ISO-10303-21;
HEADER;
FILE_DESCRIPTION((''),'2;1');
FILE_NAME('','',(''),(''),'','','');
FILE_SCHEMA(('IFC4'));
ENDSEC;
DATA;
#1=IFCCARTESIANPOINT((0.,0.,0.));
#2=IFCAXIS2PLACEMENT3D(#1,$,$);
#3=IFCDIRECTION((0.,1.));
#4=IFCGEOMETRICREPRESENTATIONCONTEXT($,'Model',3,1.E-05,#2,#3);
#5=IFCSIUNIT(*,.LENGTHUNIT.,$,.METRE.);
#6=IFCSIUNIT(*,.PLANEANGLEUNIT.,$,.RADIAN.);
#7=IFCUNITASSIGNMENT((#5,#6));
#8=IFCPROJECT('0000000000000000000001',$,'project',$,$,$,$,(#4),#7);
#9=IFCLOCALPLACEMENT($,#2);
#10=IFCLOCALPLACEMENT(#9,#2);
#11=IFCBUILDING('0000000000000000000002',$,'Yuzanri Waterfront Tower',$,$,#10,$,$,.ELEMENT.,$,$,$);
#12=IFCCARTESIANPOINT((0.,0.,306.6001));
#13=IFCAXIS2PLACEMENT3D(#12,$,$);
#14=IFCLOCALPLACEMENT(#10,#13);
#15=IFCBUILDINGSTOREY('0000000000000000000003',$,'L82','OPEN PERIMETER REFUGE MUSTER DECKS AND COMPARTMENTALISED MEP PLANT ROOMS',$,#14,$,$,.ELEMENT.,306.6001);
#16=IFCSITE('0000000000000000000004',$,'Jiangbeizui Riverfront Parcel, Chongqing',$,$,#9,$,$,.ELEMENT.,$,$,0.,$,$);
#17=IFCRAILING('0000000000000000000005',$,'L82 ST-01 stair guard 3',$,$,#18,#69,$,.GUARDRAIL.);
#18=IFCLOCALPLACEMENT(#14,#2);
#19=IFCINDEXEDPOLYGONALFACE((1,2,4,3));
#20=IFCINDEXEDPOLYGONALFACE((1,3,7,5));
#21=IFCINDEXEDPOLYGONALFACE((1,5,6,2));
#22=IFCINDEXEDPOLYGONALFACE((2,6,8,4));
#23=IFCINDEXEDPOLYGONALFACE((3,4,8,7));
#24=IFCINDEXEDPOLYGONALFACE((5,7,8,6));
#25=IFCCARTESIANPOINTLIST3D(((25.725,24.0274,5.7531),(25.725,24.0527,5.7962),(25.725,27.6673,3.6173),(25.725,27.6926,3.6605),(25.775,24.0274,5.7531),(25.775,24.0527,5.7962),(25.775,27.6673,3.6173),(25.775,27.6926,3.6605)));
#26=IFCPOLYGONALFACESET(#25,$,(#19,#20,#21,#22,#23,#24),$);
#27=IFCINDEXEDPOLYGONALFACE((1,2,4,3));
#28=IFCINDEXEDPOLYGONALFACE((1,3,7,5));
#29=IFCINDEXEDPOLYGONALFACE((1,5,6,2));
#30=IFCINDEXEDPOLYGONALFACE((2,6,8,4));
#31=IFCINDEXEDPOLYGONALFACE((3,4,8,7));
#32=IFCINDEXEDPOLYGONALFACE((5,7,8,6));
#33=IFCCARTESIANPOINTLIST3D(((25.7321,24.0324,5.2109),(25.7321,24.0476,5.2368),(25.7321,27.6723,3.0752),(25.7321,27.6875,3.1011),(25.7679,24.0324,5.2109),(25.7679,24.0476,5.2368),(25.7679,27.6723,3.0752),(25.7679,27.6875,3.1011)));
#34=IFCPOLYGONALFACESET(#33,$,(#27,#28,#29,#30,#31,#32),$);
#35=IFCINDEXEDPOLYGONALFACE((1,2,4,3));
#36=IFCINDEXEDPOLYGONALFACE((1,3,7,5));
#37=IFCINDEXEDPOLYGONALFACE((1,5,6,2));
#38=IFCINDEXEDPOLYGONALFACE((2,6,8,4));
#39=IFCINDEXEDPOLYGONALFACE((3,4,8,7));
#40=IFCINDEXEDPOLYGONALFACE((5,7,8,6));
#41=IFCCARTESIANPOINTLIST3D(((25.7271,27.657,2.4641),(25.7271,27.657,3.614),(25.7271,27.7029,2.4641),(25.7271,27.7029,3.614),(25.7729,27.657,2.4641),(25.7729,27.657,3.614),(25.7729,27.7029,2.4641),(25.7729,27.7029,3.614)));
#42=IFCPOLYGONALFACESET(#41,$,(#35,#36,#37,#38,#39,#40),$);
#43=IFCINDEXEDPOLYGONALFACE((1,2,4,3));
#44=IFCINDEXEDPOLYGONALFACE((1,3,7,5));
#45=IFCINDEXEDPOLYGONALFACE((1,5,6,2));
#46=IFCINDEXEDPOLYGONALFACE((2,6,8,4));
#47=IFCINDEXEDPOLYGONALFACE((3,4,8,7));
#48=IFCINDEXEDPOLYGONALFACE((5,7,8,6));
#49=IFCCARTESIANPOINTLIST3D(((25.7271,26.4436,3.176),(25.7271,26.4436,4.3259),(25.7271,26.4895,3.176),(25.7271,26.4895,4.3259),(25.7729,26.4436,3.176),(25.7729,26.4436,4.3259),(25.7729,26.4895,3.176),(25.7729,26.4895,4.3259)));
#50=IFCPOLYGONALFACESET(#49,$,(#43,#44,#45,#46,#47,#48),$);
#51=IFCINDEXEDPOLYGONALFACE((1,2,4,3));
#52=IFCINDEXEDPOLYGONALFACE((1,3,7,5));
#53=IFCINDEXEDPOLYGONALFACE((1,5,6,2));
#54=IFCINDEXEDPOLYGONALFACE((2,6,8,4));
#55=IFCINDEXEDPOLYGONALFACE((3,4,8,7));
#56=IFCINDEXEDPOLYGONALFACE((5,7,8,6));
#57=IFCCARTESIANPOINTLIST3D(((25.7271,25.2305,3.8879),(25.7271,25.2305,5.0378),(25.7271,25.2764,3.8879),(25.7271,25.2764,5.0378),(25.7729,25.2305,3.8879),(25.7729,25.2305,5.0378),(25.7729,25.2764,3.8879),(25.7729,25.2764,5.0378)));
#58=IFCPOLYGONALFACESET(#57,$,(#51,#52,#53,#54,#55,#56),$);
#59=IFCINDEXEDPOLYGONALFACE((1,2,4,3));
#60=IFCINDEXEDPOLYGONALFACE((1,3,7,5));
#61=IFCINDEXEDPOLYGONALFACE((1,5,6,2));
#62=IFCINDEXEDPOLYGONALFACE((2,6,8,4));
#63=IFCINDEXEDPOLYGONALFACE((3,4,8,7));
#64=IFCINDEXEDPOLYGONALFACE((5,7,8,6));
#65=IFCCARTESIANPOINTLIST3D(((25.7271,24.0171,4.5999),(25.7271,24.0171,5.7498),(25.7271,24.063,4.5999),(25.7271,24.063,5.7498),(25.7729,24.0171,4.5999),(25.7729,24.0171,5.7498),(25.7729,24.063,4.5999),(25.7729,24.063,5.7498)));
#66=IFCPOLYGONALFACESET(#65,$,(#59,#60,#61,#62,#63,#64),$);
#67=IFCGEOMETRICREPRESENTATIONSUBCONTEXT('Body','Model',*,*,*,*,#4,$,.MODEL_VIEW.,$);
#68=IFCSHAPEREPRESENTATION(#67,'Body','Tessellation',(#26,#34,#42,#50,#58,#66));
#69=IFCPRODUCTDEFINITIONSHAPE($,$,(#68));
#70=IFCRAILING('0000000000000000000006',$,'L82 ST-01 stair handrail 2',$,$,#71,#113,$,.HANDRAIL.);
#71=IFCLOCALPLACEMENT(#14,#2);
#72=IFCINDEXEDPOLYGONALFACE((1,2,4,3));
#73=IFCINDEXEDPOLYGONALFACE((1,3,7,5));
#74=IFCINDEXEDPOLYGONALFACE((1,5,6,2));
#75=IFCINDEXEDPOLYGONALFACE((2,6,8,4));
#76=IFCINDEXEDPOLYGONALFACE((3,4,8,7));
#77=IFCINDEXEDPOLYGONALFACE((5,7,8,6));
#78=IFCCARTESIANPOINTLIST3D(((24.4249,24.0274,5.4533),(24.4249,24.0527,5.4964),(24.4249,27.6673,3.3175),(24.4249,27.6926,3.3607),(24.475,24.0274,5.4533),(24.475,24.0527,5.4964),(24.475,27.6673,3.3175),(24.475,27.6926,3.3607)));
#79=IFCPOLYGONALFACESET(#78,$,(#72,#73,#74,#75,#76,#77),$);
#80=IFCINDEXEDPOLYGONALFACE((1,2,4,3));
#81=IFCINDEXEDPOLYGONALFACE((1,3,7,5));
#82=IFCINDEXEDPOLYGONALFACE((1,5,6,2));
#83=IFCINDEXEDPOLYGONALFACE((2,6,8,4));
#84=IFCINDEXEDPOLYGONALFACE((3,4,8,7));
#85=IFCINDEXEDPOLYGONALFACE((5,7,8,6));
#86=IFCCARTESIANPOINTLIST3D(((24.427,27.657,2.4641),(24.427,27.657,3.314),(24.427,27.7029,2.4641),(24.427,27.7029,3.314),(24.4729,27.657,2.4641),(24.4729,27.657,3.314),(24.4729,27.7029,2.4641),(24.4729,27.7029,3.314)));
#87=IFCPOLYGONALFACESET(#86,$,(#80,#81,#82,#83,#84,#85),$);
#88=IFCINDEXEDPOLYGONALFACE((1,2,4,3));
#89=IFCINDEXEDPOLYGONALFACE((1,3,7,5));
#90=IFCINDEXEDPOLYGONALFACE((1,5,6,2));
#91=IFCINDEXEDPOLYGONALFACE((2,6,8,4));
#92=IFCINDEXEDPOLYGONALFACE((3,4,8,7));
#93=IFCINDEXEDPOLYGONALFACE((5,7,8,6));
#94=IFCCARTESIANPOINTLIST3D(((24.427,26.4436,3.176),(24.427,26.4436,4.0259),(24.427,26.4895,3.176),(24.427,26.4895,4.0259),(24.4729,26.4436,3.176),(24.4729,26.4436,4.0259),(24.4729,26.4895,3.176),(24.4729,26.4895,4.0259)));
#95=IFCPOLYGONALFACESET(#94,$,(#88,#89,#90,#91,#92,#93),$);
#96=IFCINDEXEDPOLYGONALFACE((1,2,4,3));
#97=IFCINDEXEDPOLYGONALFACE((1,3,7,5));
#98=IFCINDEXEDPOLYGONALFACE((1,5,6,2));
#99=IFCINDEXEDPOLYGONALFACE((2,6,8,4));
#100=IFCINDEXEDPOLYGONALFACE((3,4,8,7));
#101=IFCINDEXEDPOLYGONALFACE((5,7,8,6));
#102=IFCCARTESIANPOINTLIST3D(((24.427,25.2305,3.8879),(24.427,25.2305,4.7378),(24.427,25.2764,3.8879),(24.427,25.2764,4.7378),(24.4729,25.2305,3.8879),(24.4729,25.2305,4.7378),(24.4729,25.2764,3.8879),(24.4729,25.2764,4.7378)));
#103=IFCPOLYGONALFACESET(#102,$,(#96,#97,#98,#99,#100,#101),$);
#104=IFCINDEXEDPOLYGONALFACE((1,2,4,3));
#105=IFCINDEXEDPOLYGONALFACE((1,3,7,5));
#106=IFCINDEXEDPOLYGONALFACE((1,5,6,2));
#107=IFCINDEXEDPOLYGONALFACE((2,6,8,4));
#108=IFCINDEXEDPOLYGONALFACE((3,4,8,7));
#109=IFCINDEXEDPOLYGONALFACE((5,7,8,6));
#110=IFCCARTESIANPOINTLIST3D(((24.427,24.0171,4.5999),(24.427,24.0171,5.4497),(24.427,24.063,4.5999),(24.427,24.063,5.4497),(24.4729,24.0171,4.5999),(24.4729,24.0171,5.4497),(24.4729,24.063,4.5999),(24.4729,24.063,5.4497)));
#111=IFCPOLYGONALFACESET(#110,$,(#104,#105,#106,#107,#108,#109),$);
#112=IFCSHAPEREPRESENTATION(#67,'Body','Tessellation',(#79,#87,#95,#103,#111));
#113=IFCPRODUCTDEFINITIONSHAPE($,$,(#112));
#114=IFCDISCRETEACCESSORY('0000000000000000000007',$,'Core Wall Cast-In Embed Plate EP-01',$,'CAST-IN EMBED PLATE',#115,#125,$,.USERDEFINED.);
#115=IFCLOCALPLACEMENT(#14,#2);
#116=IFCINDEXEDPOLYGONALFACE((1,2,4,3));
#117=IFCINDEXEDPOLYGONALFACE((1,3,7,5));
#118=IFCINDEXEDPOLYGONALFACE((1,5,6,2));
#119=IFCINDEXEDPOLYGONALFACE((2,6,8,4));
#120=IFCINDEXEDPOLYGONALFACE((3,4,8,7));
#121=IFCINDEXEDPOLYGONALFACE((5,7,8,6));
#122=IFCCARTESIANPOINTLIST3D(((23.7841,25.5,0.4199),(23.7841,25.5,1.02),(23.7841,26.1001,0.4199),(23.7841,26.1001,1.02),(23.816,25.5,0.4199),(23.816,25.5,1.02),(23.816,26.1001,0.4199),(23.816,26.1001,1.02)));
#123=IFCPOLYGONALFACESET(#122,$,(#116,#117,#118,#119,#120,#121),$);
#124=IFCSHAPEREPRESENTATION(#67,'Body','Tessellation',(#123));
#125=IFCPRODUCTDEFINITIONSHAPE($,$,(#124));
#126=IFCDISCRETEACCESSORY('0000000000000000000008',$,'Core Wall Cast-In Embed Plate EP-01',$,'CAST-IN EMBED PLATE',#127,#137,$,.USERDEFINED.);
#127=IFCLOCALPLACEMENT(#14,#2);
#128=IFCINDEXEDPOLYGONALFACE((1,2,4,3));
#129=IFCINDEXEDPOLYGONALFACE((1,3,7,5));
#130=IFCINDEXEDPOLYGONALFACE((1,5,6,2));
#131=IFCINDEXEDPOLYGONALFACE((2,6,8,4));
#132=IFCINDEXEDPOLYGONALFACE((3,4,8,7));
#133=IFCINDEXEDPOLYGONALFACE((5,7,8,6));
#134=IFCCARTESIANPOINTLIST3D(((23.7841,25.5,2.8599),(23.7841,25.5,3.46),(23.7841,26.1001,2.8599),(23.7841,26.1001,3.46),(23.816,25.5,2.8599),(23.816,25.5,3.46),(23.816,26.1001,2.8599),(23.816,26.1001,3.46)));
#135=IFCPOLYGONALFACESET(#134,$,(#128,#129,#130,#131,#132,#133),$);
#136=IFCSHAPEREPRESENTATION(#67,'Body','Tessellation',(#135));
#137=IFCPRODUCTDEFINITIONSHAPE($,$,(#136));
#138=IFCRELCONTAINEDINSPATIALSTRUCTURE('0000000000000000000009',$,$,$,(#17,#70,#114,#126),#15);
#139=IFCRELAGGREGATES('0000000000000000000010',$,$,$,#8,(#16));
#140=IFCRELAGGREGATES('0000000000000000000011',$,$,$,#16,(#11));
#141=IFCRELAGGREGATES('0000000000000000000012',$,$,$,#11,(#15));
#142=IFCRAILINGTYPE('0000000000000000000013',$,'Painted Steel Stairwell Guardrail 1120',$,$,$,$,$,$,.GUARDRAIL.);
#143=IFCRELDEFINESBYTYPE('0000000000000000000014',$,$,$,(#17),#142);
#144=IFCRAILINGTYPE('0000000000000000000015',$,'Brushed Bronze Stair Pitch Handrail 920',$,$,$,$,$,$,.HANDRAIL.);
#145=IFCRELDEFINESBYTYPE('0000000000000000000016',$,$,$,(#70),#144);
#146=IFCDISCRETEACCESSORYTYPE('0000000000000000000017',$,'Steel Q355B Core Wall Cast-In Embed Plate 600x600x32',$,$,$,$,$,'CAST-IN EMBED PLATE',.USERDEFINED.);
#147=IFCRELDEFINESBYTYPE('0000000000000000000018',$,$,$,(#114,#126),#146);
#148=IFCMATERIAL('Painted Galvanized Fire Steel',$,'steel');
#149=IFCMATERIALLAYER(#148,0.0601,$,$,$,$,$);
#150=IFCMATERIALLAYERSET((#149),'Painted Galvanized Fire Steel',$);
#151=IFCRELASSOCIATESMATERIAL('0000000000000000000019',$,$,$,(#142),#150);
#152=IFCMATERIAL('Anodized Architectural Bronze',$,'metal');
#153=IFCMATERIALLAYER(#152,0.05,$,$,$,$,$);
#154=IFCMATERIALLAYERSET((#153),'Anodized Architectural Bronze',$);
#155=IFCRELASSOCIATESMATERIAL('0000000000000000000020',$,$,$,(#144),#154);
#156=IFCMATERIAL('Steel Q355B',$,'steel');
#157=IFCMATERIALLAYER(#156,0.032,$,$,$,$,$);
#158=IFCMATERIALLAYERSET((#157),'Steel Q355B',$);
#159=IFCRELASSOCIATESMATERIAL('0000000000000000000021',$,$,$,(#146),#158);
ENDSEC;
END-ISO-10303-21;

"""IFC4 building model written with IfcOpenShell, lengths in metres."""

from ifc_helpers import new_model, si_unit, direction, frame, origin, origin_2d, place, context, subcontext, project, spatial, rectangle, extrude, source, transform, mapped, material, layer, layer_set, type_object, element, save


model = new_model("IFC4")

# Units and contexts
model_context = context("Model", 3, precision=1e-05, world=origin(), true_north=direction((0.0, 1.0)))
body_context = subcontext(model_context, "Body", "Model", "MODEL_VIEW")
ifc_project = project(units=[si_unit("LENGTHUNIT", "METRE"), si_unit("PLANEANGLEUNIT", "RADIAN")], contexts=[model_context])

# Site, building, storey
site_placement = place(None, origin())
site = spatial("IfcSite", under=ifc_project, at=site_placement, Name="Jiangbeizui Riverfront Parcel, Chongqing", CompositionType="ELEMENT", RefElevation=0.0)
building_placement = place(site_placement, origin())
building = spatial("IfcBuilding", under=site, at=building_placement, Name="Yuzanri Waterfront Tower", CompositionType="ELEMENT")
storey_placement = place(building_placement, frame((0.0, 0.0, 306.6001)))
storey = spatial("IfcBuildingStorey", under=building, at=storey_placement, Name="L82", Description="OPEN PERIMETER REFUGE MUSTER DECKS AND COMPARTMENTALISED MEP PLANT ROOMS", CompositionType="ELEMENT", Elevation=306.6001)

# Railings
ifc_material_1 = material(Name="Painted Galvanized Fire Steel", Category="steel")
ifc_layer_1 = layer(ifc_material_1, 0.0601)
ifc_layer_set_1 = layer_set([ifc_layer_1], Name="Painted Galvanized Fire Steel")
railing_type_1 = type_object("IfcRailingType", Name="Painted Steel Stairwell Guardrail 1120", PredefinedType="GUARDRAIL", material=ifc_layer_set_1)
shared_shape_1 = source(origin(), body_context, "Body", "SweptSolid", [
    extrude(rectangle(XDim=0.05, YDim=0.05, at=origin_2d()), frame((0.0, 0.0, 1.1748), z_axis=(0.0, -0.86249, 0.506074), x_axis=(1.0, 0.0, 0.0)), (0.0, 0.0, 1.0), 4.2202),
    extrude(rectangle(XDim=0.0359, YDim=0.03, at=origin_2d()), frame((0.0, 0.0, 0.624), z_axis=(0.0, -0.86249, 0.506074), x_axis=(1.0, 0.0, 0.0)), (0.0, 0.0, 1.0), 4.2202),
    extrude(rectangle(XDim=0.0459, YDim=0.0459, at=origin_2d()), origin(), (0.0, 0.0, 1.0), 1.1499),
    extrude(rectangle(XDim=0.0459, YDim=0.0459, at=origin_2d()), frame((0.0, -1.2134, 0.7119)), (0.0, 0.0, 1.0), 1.1499),
    extrude(rectangle(XDim=0.0459, YDim=0.0459, at=origin_2d()), frame((0.0, -2.4265, 1.4238)), (0.0, 0.0, 1.0), 1.1499),
    extrude(rectangle(XDim=0.0459, YDim=0.0459, at=origin_2d()), frame((0.0, -3.6399, 2.1357)), (0.0, 0.0, 1.0), 1.1499),
])
railing_1_placement = place(storey_placement, frame((25.75, 27.6799, 2.4641)))
element("IfcRailing", 1, at=railing_1_placement, inside=storey, type_object=railing_type_1, Name="L82 ST-01 stair guard 3", PredefinedType="GUARDRAIL", context=body_context, shape_type="MappedRepresentation", body=[
    mapped(shared_shape_1, transform((0.0, 0.0, 0.0), scale=1.0)),
])
ifc_material_2 = material(Name="Anodized Architectural Bronze", Category="metal")
ifc_layer_2 = layer(ifc_material_2, 0.05)
ifc_layer_set_2 = layer_set([ifc_layer_2], Name="Anodized Architectural Bronze")
railing_type_2 = type_object("IfcRailingType", Name="Brushed Bronze Stair Pitch Handrail 920", PredefinedType="HANDRAIL", material=ifc_layer_set_2)
shared_shape_2 = source(origin(), body_context, "Body", "SweptSolid", [
    extrude(rectangle(XDim=0.05, YDim=0.05, at=origin_2d()), frame((0.0, 0.0, 0.875), z_axis=(0.0, -0.86249, 0.506074), x_axis=(1.0, 0.0, 0.0)), (0.0, 0.0, 1.0), 4.2202),
    extrude(rectangle(XDim=0.0459, YDim=0.0459, at=origin_2d()), origin(), (0.0, 0.0, 1.0), 0.8499),
    extrude(rectangle(XDim=0.0459, YDim=0.0459, at=origin_2d()), frame((0.0, -1.2134, 0.7119)), (0.0, 0.0, 1.0), 0.8499),
    extrude(rectangle(XDim=0.0459, YDim=0.0459, at=origin_2d()), frame((0.0, -2.4265, 1.4238)), (0.0, 0.0, 1.0), 0.8499),
    extrude(rectangle(XDim=0.0459, YDim=0.0459, at=origin_2d()), frame((0.0, -3.6399, 2.1357)), (0.0, 0.0, 1.0), 0.8499),
])
railing_2_placement = place(storey_placement, frame((24.45, 27.6799, 2.4641)))
element("IfcRailing", 2, at=railing_2_placement, inside=storey, type_object=railing_type_2, Name="L82 ST-01 stair handrail 2", PredefinedType="HANDRAIL", context=body_context, shape_type="MappedRepresentation", body=[
    mapped(shared_shape_2, transform((0.0, 0.0, 0.0), scale=1.0)),
])

# Discrete accessories
ifc_material_3 = material(Name="Steel Q355B", Category="steel")
ifc_layer_3 = layer(ifc_material_3, 0.032)
ifc_layer_set_3 = layer_set([ifc_layer_3], Name="Steel Q355B")
discrete_accessory_type = type_object("IfcDiscreteAccessoryType", Name="Steel Q355B Core Wall Cast-In Embed Plate 600x600x32", ElementType="CAST-IN EMBED PLATE", PredefinedType="USERDEFINED", material=ifc_layer_set_3)
shared_shape_3 = source(origin(), body_context, "Body", "SweptSolid", [
    extrude(rectangle(XDim=0.6001, YDim=0.032, at=origin_2d()), origin(), (0.0, 0.0, 1.0), 0.6001),
])
for number, where, z_axis, x_axis, name in (
    (3, (23.8, 25.8, 0.4199), (0.0, 0.0, 1.0), (0.0, 1.0, 0.0), "Core Wall Cast-In Embed Plate EP-01"),
    (4, (23.8, 25.8, 2.8599), (0.0, 0.0, 1.0), (0.0, 1.0, 0.0), "Core Wall Cast-In Embed Plate EP-01"),
):
    element("IfcDiscreteAccessory", number, at=place(storey_placement, frame(where, z_axis=z_axis, x_axis=x_axis)), inside=storey, type_object=discrete_accessory_type, Name=name, ObjectType="CAST-IN EMBED PLATE", PredefinedType="USERDEFINED", context=body_context, shape_type="MappedRepresentation", body=[
        mapped(shared_shape_3, transform((0.0, 0.0, 0.0), scale=1.0)),
    ])

save(model, "model.ifc")
